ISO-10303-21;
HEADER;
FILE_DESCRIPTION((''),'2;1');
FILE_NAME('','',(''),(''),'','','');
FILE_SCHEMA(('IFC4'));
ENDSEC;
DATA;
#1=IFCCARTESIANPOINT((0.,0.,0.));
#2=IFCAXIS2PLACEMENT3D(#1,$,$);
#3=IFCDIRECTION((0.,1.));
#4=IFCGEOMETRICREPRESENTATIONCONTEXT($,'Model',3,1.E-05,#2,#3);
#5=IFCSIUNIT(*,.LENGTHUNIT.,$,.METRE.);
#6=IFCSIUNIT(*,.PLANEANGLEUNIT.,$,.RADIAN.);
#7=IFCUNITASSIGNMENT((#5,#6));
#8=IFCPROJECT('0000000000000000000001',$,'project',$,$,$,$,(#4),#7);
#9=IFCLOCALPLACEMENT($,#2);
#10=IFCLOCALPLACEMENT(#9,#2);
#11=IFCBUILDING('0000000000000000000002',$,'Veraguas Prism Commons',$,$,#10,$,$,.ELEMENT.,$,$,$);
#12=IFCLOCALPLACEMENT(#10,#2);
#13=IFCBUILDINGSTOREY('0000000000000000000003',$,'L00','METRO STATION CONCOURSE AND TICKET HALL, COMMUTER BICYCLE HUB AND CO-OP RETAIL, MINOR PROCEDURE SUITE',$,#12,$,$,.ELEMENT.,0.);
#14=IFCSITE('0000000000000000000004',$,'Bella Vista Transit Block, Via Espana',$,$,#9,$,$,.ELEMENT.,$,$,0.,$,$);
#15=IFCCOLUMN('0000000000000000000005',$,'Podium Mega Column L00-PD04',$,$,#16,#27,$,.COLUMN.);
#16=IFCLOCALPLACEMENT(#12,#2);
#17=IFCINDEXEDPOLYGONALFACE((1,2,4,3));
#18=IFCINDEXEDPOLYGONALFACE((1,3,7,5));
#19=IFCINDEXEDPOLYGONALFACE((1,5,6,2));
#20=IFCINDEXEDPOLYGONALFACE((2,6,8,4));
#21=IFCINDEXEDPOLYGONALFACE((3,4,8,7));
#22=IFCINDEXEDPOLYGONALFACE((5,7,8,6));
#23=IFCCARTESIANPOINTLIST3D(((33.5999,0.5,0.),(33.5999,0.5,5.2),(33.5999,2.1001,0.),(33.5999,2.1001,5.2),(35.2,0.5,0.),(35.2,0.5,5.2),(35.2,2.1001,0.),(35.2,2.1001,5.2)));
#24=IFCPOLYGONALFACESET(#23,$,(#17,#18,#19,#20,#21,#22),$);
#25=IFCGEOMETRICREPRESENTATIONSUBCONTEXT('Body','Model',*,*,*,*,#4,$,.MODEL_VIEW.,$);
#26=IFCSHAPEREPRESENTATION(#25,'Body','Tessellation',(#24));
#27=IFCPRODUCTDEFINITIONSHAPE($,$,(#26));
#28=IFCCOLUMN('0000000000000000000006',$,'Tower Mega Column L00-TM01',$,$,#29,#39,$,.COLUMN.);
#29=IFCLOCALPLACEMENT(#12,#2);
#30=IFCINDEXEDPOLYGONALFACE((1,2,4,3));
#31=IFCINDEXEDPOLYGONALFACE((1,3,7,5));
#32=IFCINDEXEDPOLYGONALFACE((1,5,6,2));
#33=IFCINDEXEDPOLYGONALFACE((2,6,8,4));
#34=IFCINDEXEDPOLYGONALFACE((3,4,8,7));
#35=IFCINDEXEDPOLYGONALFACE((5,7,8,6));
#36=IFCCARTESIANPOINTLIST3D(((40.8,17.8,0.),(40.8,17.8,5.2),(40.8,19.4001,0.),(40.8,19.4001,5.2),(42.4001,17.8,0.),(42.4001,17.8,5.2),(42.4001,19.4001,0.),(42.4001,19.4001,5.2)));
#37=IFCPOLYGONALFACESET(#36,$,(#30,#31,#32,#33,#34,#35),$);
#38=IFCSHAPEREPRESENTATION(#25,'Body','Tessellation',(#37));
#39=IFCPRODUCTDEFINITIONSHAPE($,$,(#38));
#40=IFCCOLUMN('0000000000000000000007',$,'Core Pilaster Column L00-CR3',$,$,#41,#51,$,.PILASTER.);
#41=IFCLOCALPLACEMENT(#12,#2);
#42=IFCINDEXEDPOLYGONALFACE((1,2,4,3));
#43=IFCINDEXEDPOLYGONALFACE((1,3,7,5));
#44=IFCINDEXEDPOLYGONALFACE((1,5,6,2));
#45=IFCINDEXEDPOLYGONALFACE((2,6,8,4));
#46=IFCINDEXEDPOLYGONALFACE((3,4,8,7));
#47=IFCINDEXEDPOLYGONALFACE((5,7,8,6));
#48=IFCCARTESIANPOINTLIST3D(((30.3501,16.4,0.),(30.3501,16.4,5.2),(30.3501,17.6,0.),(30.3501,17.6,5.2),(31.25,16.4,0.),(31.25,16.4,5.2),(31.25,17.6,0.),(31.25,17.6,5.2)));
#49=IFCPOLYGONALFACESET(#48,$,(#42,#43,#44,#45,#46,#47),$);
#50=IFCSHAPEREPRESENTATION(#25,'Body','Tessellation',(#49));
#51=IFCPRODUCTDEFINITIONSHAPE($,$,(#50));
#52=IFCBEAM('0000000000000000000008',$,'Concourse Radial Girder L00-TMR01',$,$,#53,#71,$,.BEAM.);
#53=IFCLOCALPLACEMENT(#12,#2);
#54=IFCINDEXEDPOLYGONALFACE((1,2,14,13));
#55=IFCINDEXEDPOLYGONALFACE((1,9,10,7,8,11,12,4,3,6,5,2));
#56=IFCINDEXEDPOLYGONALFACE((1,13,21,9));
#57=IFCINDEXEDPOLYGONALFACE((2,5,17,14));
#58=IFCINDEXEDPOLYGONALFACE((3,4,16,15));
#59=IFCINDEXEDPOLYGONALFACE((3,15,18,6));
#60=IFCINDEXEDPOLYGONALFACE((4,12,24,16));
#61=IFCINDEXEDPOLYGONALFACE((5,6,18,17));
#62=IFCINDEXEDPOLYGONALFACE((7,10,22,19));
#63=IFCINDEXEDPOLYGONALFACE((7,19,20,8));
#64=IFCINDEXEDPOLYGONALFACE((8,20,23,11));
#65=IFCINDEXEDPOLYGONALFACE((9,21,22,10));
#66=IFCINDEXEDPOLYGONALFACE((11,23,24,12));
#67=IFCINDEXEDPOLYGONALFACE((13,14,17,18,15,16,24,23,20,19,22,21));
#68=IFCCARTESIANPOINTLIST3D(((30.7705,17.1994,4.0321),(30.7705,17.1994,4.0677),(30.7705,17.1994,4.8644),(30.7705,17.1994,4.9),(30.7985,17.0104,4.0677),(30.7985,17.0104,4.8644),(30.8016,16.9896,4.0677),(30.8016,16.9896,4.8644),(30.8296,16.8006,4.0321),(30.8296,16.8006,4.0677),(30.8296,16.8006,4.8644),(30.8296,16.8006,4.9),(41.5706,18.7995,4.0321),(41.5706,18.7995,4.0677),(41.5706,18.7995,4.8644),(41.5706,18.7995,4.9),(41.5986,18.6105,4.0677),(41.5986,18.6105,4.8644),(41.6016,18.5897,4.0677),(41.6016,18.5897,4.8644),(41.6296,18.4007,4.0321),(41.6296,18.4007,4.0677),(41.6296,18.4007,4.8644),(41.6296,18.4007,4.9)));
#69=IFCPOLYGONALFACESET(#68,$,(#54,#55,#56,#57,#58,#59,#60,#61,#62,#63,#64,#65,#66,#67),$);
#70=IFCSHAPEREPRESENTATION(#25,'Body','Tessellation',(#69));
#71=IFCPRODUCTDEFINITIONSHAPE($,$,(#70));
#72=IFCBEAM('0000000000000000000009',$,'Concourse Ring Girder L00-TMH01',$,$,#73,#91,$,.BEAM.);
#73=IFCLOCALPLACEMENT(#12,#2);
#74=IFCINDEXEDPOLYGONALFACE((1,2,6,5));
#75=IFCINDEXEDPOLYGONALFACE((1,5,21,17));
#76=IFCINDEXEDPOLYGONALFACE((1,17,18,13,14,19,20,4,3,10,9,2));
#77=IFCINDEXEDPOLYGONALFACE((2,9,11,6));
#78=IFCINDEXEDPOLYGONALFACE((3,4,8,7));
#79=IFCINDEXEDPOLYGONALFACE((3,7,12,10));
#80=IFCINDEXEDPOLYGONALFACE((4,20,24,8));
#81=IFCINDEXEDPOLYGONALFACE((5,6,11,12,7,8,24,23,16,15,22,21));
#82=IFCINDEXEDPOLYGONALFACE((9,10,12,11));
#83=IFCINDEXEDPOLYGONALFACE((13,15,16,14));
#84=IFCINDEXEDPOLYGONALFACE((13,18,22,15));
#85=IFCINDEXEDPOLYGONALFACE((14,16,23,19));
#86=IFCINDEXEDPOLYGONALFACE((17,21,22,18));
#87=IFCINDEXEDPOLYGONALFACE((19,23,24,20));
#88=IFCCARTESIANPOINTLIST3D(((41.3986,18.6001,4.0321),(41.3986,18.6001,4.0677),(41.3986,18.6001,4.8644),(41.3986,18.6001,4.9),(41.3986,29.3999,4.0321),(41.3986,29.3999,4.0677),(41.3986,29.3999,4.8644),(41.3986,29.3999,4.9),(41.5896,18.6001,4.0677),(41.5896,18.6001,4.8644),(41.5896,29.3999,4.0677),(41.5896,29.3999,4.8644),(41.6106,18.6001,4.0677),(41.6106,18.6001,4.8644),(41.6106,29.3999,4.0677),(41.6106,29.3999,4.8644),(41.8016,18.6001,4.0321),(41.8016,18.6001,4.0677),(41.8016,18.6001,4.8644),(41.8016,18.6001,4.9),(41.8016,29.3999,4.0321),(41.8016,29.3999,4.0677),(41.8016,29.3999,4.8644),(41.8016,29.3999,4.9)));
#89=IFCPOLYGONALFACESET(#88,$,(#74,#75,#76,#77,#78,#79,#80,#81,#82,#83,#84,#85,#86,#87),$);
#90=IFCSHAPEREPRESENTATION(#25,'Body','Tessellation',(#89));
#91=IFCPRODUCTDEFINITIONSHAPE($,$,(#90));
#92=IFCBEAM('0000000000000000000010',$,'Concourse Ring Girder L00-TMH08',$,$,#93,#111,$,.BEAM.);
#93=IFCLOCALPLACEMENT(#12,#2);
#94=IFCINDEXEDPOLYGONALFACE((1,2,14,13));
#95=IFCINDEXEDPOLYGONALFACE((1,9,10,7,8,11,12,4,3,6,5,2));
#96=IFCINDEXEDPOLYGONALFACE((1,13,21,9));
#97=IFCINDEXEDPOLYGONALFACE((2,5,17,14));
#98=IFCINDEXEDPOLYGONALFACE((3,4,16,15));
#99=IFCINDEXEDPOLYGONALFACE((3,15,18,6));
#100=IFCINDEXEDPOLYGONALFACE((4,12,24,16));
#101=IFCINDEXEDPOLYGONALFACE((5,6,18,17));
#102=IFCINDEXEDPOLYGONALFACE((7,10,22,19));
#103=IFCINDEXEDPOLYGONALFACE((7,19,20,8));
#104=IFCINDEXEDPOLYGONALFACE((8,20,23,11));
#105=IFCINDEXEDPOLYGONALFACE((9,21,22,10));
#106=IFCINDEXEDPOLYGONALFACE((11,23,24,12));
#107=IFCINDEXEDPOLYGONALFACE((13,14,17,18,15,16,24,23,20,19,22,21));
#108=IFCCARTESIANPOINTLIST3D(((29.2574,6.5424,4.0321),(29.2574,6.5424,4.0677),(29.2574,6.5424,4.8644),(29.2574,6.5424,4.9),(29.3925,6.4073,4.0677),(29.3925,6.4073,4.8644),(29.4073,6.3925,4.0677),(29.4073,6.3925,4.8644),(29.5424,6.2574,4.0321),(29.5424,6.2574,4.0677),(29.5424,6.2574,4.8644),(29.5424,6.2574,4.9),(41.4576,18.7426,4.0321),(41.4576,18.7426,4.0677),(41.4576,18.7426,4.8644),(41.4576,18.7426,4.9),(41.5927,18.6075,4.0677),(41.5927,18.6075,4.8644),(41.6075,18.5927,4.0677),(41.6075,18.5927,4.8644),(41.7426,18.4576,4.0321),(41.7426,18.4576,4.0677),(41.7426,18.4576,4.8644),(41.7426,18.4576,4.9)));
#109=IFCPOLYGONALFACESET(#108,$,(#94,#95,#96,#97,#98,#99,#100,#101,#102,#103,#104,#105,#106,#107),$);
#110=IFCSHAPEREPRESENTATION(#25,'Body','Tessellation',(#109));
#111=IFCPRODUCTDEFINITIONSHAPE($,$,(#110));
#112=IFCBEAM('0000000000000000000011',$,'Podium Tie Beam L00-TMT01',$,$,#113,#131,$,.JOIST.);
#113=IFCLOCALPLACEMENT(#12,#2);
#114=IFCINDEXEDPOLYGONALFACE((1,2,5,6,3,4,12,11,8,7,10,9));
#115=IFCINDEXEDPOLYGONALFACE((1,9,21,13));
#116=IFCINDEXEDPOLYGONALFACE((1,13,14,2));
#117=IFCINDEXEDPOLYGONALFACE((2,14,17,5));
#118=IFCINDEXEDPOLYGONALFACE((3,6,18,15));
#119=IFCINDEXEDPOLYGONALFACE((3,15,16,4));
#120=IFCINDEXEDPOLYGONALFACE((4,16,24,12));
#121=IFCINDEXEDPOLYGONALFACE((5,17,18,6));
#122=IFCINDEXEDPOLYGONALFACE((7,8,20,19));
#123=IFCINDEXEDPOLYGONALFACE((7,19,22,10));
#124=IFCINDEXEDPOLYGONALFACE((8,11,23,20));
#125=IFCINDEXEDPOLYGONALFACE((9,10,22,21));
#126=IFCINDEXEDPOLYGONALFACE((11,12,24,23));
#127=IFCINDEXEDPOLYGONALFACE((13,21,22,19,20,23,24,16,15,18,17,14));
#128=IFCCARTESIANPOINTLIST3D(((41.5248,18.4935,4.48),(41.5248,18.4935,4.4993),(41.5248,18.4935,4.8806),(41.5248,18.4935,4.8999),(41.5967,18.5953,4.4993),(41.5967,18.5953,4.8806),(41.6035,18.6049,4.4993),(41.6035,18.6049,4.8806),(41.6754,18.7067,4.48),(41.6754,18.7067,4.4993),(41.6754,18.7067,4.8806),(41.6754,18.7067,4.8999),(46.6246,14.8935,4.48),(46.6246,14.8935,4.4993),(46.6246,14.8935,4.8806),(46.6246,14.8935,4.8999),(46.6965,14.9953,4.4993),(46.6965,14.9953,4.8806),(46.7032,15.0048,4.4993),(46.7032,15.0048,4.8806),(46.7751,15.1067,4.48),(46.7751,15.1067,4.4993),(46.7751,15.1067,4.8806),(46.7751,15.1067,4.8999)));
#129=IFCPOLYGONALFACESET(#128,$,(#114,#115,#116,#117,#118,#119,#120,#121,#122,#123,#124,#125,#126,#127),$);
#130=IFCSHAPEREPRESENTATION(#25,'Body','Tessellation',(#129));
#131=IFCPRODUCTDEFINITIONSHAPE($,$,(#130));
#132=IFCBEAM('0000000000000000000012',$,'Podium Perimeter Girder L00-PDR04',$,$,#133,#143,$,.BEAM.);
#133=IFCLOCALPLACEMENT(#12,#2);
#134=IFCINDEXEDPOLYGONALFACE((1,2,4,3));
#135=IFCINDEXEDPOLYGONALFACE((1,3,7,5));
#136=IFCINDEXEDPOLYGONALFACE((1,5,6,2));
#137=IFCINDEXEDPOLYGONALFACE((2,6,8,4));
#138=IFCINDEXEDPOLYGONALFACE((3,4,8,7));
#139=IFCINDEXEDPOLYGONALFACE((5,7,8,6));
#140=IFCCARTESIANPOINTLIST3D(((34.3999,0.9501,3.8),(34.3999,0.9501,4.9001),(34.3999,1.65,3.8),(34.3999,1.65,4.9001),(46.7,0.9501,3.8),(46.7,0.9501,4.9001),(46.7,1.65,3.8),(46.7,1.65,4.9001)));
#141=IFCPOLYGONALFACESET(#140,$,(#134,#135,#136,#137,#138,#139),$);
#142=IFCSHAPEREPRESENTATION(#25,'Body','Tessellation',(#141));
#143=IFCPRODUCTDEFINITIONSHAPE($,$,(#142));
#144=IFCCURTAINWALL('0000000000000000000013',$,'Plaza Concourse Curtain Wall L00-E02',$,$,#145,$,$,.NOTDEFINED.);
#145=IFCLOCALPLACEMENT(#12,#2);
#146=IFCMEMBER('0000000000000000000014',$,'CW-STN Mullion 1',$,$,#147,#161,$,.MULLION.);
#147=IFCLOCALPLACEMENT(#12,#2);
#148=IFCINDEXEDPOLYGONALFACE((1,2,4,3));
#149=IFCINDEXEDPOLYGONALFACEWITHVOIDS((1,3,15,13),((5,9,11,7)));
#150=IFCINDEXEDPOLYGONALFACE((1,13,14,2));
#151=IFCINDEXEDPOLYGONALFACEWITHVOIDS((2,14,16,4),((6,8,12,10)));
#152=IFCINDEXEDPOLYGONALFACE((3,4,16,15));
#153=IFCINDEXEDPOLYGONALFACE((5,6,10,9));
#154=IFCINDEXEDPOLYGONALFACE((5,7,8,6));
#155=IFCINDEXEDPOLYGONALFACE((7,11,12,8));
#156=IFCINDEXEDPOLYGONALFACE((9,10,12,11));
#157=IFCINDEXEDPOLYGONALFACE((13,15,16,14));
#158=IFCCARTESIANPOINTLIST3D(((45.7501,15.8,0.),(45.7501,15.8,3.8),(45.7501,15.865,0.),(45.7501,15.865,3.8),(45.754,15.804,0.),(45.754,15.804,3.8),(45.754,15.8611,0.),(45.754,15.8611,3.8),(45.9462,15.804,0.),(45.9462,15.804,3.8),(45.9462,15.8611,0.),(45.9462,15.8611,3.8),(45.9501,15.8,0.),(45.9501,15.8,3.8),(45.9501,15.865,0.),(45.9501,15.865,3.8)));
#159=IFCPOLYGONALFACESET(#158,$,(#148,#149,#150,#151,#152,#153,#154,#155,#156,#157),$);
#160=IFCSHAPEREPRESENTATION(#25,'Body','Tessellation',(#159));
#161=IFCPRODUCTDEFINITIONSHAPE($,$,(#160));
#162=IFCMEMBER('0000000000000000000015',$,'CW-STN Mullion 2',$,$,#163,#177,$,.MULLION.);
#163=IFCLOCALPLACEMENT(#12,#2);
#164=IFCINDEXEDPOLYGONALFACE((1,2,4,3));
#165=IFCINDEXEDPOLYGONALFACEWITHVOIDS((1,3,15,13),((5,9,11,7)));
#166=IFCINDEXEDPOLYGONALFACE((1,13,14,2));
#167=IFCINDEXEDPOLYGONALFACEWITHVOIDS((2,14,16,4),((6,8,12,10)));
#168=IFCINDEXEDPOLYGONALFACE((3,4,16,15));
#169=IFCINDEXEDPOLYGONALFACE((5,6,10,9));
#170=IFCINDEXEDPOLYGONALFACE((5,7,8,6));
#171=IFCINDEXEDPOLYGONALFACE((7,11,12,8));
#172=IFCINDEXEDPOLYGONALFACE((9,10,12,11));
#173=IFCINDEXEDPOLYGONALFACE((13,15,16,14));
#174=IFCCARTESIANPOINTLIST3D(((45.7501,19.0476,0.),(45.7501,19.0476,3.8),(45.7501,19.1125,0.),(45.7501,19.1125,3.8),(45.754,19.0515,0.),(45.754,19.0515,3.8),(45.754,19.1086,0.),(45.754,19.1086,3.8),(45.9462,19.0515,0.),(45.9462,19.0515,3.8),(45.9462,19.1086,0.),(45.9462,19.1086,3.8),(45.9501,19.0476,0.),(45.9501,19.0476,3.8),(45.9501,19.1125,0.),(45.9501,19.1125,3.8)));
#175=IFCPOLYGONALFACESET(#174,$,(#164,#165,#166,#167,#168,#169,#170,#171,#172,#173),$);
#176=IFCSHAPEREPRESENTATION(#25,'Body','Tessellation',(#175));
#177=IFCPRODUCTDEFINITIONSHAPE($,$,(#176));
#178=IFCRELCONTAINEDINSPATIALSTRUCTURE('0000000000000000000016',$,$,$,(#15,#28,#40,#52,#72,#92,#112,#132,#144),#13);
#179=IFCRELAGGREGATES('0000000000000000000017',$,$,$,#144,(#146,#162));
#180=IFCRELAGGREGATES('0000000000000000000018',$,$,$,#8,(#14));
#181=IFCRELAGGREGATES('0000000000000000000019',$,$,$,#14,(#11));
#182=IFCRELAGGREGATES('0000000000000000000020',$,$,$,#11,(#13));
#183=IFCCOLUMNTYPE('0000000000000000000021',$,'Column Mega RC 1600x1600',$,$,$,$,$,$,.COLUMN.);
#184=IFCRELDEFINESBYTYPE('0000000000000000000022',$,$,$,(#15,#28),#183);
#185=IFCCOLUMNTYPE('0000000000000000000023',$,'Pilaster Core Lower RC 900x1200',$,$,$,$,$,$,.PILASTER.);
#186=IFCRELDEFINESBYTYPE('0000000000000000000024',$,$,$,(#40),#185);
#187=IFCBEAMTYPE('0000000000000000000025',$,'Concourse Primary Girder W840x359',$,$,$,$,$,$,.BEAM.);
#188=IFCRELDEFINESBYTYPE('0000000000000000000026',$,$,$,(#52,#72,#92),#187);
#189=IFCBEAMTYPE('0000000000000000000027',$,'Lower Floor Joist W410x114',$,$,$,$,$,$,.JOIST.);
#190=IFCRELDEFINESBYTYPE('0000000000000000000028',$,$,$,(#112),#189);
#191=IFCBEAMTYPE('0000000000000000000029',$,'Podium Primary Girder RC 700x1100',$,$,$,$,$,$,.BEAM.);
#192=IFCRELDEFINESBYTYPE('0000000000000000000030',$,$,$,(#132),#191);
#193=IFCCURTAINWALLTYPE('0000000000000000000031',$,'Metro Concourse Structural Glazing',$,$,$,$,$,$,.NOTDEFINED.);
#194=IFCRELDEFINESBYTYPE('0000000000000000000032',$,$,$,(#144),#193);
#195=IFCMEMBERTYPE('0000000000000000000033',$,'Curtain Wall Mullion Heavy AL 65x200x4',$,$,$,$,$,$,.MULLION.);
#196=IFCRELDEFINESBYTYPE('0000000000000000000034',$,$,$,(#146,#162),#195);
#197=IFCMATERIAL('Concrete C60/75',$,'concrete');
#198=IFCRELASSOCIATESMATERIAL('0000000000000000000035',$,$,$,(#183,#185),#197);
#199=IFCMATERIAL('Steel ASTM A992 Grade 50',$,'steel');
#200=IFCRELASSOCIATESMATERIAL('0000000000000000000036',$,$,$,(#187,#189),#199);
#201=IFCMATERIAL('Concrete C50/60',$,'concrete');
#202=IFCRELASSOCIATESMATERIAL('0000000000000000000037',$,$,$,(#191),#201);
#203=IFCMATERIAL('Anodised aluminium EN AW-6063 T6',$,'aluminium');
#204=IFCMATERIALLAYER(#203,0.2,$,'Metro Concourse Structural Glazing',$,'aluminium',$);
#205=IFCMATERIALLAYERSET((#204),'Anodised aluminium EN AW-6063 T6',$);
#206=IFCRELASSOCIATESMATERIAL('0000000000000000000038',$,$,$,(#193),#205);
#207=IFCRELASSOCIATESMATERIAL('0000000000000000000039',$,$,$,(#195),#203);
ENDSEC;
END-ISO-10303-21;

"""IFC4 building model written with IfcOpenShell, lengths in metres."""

from ifc_helpers import new_model, si_unit, direction, frame, origin, origin_2d, place, context, subcontext, project, spatial, rectangle, hollow_rectangle, i_section, extrude, source, transform, mapped, material, layer, layer_set, material_profile, profile_set, type_object, element, aggregate, save


model = new_model("IFC4")

# Units and contexts
model_context = context("Model", 3, precision=1e-05, world=origin(), true_north=direction((0.0, 1.0)))
body_context = subcontext(model_context, "Body", "Model", "MODEL_VIEW")
ifc_project = project(units=[si_unit("LENGTHUNIT", "METRE"), si_unit("PLANEANGLEUNIT", "RADIAN")], contexts=[model_context])

# Site, building, storey
site_placement = place(None, origin())
site = spatial("IfcSite", under=ifc_project, at=site_placement, Name="Bella Vista Transit Block, Via Espana", CompositionType="ELEMENT", RefElevation=0.0)
building_placement = place(site_placement, origin())
building = spatial("IfcBuilding", under=site, at=building_placement, Name="Veraguas Prism Commons", CompositionType="ELEMENT")
storey_placement = place(building_placement, origin())
storey = spatial("IfcBuildingStorey", under=building, at=storey_placement, Name="L00", Description="METRO STATION CONCOURSE AND TICKET HALL, COMMUTER BICYCLE HUB AND CO-OP RETAIL, MINOR PROCEDURE SUITE", CompositionType="ELEMENT", Elevation=0.0)

# Columns
ifc_material_1 = material(Name="Concrete C60/75", Category="concrete")
ifc_material_profile_1 = material_profile(ifc_material_1, rectangle(XDim=1.6001, YDim=1.6001, at=origin_2d()), Name="RC1600X1600")
ifc_profile_set_1 = profile_set([ifc_material_profile_1], Name="Concrete C60/75")
column_type_1 = type_object("IfcColumnType", Name="Column Mega RC 1600x1600", PredefinedType="COLUMN", material=ifc_profile_set_1)
for number, where, z_axis, x_axis, name in (
    (1, (34.3999, 1.3, 0.0), (0.0, 0.0, 1.0), (1.0, 0.0, 0.0), "Podium Mega Column L00-PD04"),
    (2, (41.6001, 18.6001, 0.0), (0.0, 0.0, 1.0), (1.0, 0.0, 0.0), "Tower Mega Column L00-TM01"),
):
    element("IfcColumn", number, at=place(storey_placement, frame(where, z_axis=z_axis, x_axis=x_axis)), inside=storey, type_object=column_type_1, Name=name, PredefinedType="COLUMN", context=body_context, shape_type="SweptSolid", body=[
        extrude(rectangle(XDim=1.6001, YDim=1.6001, at=origin_2d()), origin(), (0.0, 0.0, 1.0), 5.2),
    ])
ifc_material_profile_2 = material_profile(ifc_material_1, rectangle(XDim=0.8999, YDim=1.2, at=origin_2d()), Name="RC900X1200")
ifc_profile_set_2 = profile_set([ifc_material_profile_2], Name="Concrete C60/75")
column_type_2 = type_object("IfcColumnType", Name="Pilaster Core Lower RC 900x1200", PredefinedType="PILASTER", material=ifc_profile_set_2)
column_placement = place(storey_placement, frame((30.8, 17.0, 0.0), z_axis=(0.0, 0.0, 1.0), x_axis=(1.0, 0.0, 0.0)))
element("IfcColumn", 3, at=column_placement, inside=storey, type_object=column_type_2, Name="Core Pilaster Column L00-CR3", PredefinedType="PILASTER", context=body_context, shape_type="SweptSolid", body=[
    extrude(rectangle(XDim=0.8999, YDim=1.2, at=origin_2d()), origin(), (0.0, 0.0, 1.0), 5.2),
])

# Beams
ifc_material_2 = material(Name="Steel ASTM A992 Grade 50", Category="steel")
ifc_material_profile_3 = material_profile(ifc_material_2, i_section(OverallWidth=0.4031, OverallDepth=0.8679, WebThickness=0.021, FlangeThickness=0.0356, at=origin_2d()), Name="W840X359")
ifc_profile_set_3 = profile_set([ifc_material_profile_3], Name="Steel ASTM A992 Grade 50")
beam_type_1 = type_object("IfcBeamType", Name="Concourse Primary Girder W840x359", PredefinedType="BEAM", material=ifc_profile_set_3)
beam_1_placement = place(storey_placement, frame((41.6001, 18.6001, 4.4661), z_axis=(-0.989202, -0.146557, 0.0), x_axis=(0.146557, -0.989202, 0.0)))
element("IfcBeam", 4, at=beam_1_placement, inside=storey, type_object=beam_type_1, Name="Concourse Radial Girder L00-TMR01", PredefinedType="BEAM", context=body_context, shape_type="SweptSolid", body=[
    extrude(i_section(OverallWidth=0.4031, OverallDepth=0.8679, WebThickness=0.021, FlangeThickness=0.0356, at=origin_2d()), origin(), (0.0, 0.0, 1.0), 10.918),
])
beam_2_placement = place(storey_placement, frame((41.6001, 18.6001, 4.4661), z_axis=(0.0, 1.0, 0.0), x_axis=(-1.0, 0.0, 0.0)))
element("IfcBeam", 5, at=beam_2_placement, inside=storey, type_object=beam_type_1, Name="Concourse Ring Girder L00-TMH01", PredefinedType="BEAM", context=body_context, shape_type="SweptSolid", body=[
    extrude(i_section(OverallWidth=0.4031, OverallDepth=0.8679, WebThickness=0.021, FlangeThickness=0.0356, at=origin_2d()), origin(), (0.0, 0.0, 1.0), 10.7998),
])
beam_3_placement = place(storey_placement, frame((29.3999, 6.3999, 4.4661), z_axis=(0.707107, 0.707107, 0.0), x_axis=(-0.707107, 0.707107, 0.0)))
element("IfcBeam", 6, at=beam_3_placement, inside=storey, type_object=beam_type_1, Name="Concourse Ring Girder L00-TMH08", PredefinedType="BEAM", context=body_context, shape_type="SweptSolid", body=[
    extrude(i_section(OverallWidth=0.4031, OverallDepth=0.8679, WebThickness=0.021, FlangeThickness=0.0356, at=origin_2d()), origin(), (0.0, 0.0, 1.0), 17.2537),
])
ifc_material_profile_4 = material_profile(ifc_material_2, i_section(OverallWidth=0.261, OverallDepth=0.4199, WebThickness=0.0117, FlangeThickness=0.0193, at=origin_2d()), Name="W410X114")
ifc_profile_set_4 = profile_set([ifc_material_profile_4], Name="Steel ASTM A992 Grade 50")
beam_type_2 = type_object("IfcBeamType", Name="Lower Floor Joist W410x114", PredefinedType="JOIST", material=ifc_profile_set_4)
beam_4_placement = place(storey_placement, frame((41.6001, 18.6001, 4.6899), z_axis=(0.816953, -0.576705, 0.0), x_axis=(0.576705, 0.816953, 0.0)))
element("IfcBeam", 7, at=beam_4_placement, inside=storey, type_object=beam_type_2, Name="Podium Tie Beam L00-TMT01", PredefinedType="JOIST", context=body_context, shape_type="SweptSolid", body=[
    extrude(i_section(OverallWidth=0.261, OverallDepth=0.4199, WebThickness=0.0117, FlangeThickness=0.0193, at=origin_2d()), origin(), (0.0, 0.0, 1.0), 6.2424),
])
ifc_material_3 = material(Name="Concrete C50/60", Category="concrete")
ifc_material_profile_5 = material_profile(ifc_material_3, rectangle(XDim=0.7, YDim=1.1001, at=origin_2d()), Name="RC700X1100")
ifc_profile_set_5 = profile_set([ifc_material_profile_5], Name="Concrete C50/60")
beam_type_3 = type_object("IfcBeamType", Name="Podium Primary Girder RC 700x1100", PredefinedType="BEAM", material=ifc_profile_set_5)
beam_5_placement = place(storey_placement, frame((34.3999, 1.3, 4.3501), z_axis=(1.0, 0.0, 0.0), x_axis=(0.0, 1.0, 0.0)))
element("IfcBeam", 8, at=beam_5_placement, inside=storey, type_object=beam_type_3, Name="Podium Perimeter Girder L00-PDR04", PredefinedType="BEAM", context=body_context, shape_type="SweptSolid", body=[
    extrude(rectangle(XDim=0.7, YDim=1.1001, at=origin_2d()), origin(), (0.0, 0.0, 1.0), 12.3),
])

# Curtain wall, members
ifc_material_4 = material(Name="Anodised aluminium EN AW-6063 T6", Category="aluminium")
ifc_layer_1 = layer(ifc_material_4, 0.2, Name="Metro Concourse Structural Glazing", Category="aluminium")
ifc_layer_set_1 = layer_set([ifc_layer_1], Name="Anodised aluminium EN AW-6063 T6")
curtain_wall_type = type_object("IfcCurtainWallType", Name="Metro Concourse Structural Glazing", PredefinedType="NOTDEFINED", material=ifc_layer_set_1)
curtain_wall_placement = place(storey_placement, origin())
curtain_wall = element("IfcCurtainWall", 9, at=curtain_wall_placement, inside=storey, type_object=curtain_wall_type, Name="Plaza Concourse Curtain Wall L00-E02", PredefinedType="NOTDEFINED")
ifc_material_profile_6 = material_profile(ifc_material_4, hollow_rectangle(XDim=0.0649, YDim=0.2, WallThickness=0.0039, at=origin_2d()), Name="AL65X200X4")
ifc_profile_set_6 = profile_set([ifc_material_profile_6], Name="Anodised aluminium EN AW-6063 T6")
member_type_1 = type_object("IfcMemberType", Name="Curtain Wall Mullion Heavy AL 65x200x4", PredefinedType="MULLION", material=ifc_profile_set_6)
shared_shape_1 = source(origin(), body_context, "Body", "SweptSolid", [
    extrude(hollow_rectangle(XDim=0.0649, YDim=0.2, WallThickness=0.0039, at=origin_2d()), origin(), (0.0, 0.0, 1.0), 3.8),
])
member_1_placement = place(storey_placement, frame((45.8501, 15.8325, 0.0), z_axis=(0.0, 0.0, 1.0), x_axis=(0.0, 1.0, 0.0)))
member_1 = element("IfcMember", 10, at=member_1_placement, type_object=member_type_1, Name="CW-STN Mullion 1", PredefinedType="MULLION", context=body_context, shape_type="MappedRepresentation", body=[
    mapped(shared_shape_1, transform((0.0, 0.0, 0.0), scale=1.0)),
])
member_2_placement = place(storey_placement, frame((45.8501, 19.0801, 0.0), z_axis=(0.0, 0.0, 1.0), x_axis=(0.0, 1.0, 0.0)))
member_2 = element("IfcMember", 11, at=member_2_placement, type_object=member_type_1, Name="CW-STN Mullion 2", PredefinedType="MULLION", context=body_context, shape_type="MappedRepresentation", body=[
    mapped(shared_shape_1, transform((0.0, 0.0, 0.0), scale=1.0)),
])
aggregate(curtain_wall, [member_1, member_2])

save(model, "model.ifc")
